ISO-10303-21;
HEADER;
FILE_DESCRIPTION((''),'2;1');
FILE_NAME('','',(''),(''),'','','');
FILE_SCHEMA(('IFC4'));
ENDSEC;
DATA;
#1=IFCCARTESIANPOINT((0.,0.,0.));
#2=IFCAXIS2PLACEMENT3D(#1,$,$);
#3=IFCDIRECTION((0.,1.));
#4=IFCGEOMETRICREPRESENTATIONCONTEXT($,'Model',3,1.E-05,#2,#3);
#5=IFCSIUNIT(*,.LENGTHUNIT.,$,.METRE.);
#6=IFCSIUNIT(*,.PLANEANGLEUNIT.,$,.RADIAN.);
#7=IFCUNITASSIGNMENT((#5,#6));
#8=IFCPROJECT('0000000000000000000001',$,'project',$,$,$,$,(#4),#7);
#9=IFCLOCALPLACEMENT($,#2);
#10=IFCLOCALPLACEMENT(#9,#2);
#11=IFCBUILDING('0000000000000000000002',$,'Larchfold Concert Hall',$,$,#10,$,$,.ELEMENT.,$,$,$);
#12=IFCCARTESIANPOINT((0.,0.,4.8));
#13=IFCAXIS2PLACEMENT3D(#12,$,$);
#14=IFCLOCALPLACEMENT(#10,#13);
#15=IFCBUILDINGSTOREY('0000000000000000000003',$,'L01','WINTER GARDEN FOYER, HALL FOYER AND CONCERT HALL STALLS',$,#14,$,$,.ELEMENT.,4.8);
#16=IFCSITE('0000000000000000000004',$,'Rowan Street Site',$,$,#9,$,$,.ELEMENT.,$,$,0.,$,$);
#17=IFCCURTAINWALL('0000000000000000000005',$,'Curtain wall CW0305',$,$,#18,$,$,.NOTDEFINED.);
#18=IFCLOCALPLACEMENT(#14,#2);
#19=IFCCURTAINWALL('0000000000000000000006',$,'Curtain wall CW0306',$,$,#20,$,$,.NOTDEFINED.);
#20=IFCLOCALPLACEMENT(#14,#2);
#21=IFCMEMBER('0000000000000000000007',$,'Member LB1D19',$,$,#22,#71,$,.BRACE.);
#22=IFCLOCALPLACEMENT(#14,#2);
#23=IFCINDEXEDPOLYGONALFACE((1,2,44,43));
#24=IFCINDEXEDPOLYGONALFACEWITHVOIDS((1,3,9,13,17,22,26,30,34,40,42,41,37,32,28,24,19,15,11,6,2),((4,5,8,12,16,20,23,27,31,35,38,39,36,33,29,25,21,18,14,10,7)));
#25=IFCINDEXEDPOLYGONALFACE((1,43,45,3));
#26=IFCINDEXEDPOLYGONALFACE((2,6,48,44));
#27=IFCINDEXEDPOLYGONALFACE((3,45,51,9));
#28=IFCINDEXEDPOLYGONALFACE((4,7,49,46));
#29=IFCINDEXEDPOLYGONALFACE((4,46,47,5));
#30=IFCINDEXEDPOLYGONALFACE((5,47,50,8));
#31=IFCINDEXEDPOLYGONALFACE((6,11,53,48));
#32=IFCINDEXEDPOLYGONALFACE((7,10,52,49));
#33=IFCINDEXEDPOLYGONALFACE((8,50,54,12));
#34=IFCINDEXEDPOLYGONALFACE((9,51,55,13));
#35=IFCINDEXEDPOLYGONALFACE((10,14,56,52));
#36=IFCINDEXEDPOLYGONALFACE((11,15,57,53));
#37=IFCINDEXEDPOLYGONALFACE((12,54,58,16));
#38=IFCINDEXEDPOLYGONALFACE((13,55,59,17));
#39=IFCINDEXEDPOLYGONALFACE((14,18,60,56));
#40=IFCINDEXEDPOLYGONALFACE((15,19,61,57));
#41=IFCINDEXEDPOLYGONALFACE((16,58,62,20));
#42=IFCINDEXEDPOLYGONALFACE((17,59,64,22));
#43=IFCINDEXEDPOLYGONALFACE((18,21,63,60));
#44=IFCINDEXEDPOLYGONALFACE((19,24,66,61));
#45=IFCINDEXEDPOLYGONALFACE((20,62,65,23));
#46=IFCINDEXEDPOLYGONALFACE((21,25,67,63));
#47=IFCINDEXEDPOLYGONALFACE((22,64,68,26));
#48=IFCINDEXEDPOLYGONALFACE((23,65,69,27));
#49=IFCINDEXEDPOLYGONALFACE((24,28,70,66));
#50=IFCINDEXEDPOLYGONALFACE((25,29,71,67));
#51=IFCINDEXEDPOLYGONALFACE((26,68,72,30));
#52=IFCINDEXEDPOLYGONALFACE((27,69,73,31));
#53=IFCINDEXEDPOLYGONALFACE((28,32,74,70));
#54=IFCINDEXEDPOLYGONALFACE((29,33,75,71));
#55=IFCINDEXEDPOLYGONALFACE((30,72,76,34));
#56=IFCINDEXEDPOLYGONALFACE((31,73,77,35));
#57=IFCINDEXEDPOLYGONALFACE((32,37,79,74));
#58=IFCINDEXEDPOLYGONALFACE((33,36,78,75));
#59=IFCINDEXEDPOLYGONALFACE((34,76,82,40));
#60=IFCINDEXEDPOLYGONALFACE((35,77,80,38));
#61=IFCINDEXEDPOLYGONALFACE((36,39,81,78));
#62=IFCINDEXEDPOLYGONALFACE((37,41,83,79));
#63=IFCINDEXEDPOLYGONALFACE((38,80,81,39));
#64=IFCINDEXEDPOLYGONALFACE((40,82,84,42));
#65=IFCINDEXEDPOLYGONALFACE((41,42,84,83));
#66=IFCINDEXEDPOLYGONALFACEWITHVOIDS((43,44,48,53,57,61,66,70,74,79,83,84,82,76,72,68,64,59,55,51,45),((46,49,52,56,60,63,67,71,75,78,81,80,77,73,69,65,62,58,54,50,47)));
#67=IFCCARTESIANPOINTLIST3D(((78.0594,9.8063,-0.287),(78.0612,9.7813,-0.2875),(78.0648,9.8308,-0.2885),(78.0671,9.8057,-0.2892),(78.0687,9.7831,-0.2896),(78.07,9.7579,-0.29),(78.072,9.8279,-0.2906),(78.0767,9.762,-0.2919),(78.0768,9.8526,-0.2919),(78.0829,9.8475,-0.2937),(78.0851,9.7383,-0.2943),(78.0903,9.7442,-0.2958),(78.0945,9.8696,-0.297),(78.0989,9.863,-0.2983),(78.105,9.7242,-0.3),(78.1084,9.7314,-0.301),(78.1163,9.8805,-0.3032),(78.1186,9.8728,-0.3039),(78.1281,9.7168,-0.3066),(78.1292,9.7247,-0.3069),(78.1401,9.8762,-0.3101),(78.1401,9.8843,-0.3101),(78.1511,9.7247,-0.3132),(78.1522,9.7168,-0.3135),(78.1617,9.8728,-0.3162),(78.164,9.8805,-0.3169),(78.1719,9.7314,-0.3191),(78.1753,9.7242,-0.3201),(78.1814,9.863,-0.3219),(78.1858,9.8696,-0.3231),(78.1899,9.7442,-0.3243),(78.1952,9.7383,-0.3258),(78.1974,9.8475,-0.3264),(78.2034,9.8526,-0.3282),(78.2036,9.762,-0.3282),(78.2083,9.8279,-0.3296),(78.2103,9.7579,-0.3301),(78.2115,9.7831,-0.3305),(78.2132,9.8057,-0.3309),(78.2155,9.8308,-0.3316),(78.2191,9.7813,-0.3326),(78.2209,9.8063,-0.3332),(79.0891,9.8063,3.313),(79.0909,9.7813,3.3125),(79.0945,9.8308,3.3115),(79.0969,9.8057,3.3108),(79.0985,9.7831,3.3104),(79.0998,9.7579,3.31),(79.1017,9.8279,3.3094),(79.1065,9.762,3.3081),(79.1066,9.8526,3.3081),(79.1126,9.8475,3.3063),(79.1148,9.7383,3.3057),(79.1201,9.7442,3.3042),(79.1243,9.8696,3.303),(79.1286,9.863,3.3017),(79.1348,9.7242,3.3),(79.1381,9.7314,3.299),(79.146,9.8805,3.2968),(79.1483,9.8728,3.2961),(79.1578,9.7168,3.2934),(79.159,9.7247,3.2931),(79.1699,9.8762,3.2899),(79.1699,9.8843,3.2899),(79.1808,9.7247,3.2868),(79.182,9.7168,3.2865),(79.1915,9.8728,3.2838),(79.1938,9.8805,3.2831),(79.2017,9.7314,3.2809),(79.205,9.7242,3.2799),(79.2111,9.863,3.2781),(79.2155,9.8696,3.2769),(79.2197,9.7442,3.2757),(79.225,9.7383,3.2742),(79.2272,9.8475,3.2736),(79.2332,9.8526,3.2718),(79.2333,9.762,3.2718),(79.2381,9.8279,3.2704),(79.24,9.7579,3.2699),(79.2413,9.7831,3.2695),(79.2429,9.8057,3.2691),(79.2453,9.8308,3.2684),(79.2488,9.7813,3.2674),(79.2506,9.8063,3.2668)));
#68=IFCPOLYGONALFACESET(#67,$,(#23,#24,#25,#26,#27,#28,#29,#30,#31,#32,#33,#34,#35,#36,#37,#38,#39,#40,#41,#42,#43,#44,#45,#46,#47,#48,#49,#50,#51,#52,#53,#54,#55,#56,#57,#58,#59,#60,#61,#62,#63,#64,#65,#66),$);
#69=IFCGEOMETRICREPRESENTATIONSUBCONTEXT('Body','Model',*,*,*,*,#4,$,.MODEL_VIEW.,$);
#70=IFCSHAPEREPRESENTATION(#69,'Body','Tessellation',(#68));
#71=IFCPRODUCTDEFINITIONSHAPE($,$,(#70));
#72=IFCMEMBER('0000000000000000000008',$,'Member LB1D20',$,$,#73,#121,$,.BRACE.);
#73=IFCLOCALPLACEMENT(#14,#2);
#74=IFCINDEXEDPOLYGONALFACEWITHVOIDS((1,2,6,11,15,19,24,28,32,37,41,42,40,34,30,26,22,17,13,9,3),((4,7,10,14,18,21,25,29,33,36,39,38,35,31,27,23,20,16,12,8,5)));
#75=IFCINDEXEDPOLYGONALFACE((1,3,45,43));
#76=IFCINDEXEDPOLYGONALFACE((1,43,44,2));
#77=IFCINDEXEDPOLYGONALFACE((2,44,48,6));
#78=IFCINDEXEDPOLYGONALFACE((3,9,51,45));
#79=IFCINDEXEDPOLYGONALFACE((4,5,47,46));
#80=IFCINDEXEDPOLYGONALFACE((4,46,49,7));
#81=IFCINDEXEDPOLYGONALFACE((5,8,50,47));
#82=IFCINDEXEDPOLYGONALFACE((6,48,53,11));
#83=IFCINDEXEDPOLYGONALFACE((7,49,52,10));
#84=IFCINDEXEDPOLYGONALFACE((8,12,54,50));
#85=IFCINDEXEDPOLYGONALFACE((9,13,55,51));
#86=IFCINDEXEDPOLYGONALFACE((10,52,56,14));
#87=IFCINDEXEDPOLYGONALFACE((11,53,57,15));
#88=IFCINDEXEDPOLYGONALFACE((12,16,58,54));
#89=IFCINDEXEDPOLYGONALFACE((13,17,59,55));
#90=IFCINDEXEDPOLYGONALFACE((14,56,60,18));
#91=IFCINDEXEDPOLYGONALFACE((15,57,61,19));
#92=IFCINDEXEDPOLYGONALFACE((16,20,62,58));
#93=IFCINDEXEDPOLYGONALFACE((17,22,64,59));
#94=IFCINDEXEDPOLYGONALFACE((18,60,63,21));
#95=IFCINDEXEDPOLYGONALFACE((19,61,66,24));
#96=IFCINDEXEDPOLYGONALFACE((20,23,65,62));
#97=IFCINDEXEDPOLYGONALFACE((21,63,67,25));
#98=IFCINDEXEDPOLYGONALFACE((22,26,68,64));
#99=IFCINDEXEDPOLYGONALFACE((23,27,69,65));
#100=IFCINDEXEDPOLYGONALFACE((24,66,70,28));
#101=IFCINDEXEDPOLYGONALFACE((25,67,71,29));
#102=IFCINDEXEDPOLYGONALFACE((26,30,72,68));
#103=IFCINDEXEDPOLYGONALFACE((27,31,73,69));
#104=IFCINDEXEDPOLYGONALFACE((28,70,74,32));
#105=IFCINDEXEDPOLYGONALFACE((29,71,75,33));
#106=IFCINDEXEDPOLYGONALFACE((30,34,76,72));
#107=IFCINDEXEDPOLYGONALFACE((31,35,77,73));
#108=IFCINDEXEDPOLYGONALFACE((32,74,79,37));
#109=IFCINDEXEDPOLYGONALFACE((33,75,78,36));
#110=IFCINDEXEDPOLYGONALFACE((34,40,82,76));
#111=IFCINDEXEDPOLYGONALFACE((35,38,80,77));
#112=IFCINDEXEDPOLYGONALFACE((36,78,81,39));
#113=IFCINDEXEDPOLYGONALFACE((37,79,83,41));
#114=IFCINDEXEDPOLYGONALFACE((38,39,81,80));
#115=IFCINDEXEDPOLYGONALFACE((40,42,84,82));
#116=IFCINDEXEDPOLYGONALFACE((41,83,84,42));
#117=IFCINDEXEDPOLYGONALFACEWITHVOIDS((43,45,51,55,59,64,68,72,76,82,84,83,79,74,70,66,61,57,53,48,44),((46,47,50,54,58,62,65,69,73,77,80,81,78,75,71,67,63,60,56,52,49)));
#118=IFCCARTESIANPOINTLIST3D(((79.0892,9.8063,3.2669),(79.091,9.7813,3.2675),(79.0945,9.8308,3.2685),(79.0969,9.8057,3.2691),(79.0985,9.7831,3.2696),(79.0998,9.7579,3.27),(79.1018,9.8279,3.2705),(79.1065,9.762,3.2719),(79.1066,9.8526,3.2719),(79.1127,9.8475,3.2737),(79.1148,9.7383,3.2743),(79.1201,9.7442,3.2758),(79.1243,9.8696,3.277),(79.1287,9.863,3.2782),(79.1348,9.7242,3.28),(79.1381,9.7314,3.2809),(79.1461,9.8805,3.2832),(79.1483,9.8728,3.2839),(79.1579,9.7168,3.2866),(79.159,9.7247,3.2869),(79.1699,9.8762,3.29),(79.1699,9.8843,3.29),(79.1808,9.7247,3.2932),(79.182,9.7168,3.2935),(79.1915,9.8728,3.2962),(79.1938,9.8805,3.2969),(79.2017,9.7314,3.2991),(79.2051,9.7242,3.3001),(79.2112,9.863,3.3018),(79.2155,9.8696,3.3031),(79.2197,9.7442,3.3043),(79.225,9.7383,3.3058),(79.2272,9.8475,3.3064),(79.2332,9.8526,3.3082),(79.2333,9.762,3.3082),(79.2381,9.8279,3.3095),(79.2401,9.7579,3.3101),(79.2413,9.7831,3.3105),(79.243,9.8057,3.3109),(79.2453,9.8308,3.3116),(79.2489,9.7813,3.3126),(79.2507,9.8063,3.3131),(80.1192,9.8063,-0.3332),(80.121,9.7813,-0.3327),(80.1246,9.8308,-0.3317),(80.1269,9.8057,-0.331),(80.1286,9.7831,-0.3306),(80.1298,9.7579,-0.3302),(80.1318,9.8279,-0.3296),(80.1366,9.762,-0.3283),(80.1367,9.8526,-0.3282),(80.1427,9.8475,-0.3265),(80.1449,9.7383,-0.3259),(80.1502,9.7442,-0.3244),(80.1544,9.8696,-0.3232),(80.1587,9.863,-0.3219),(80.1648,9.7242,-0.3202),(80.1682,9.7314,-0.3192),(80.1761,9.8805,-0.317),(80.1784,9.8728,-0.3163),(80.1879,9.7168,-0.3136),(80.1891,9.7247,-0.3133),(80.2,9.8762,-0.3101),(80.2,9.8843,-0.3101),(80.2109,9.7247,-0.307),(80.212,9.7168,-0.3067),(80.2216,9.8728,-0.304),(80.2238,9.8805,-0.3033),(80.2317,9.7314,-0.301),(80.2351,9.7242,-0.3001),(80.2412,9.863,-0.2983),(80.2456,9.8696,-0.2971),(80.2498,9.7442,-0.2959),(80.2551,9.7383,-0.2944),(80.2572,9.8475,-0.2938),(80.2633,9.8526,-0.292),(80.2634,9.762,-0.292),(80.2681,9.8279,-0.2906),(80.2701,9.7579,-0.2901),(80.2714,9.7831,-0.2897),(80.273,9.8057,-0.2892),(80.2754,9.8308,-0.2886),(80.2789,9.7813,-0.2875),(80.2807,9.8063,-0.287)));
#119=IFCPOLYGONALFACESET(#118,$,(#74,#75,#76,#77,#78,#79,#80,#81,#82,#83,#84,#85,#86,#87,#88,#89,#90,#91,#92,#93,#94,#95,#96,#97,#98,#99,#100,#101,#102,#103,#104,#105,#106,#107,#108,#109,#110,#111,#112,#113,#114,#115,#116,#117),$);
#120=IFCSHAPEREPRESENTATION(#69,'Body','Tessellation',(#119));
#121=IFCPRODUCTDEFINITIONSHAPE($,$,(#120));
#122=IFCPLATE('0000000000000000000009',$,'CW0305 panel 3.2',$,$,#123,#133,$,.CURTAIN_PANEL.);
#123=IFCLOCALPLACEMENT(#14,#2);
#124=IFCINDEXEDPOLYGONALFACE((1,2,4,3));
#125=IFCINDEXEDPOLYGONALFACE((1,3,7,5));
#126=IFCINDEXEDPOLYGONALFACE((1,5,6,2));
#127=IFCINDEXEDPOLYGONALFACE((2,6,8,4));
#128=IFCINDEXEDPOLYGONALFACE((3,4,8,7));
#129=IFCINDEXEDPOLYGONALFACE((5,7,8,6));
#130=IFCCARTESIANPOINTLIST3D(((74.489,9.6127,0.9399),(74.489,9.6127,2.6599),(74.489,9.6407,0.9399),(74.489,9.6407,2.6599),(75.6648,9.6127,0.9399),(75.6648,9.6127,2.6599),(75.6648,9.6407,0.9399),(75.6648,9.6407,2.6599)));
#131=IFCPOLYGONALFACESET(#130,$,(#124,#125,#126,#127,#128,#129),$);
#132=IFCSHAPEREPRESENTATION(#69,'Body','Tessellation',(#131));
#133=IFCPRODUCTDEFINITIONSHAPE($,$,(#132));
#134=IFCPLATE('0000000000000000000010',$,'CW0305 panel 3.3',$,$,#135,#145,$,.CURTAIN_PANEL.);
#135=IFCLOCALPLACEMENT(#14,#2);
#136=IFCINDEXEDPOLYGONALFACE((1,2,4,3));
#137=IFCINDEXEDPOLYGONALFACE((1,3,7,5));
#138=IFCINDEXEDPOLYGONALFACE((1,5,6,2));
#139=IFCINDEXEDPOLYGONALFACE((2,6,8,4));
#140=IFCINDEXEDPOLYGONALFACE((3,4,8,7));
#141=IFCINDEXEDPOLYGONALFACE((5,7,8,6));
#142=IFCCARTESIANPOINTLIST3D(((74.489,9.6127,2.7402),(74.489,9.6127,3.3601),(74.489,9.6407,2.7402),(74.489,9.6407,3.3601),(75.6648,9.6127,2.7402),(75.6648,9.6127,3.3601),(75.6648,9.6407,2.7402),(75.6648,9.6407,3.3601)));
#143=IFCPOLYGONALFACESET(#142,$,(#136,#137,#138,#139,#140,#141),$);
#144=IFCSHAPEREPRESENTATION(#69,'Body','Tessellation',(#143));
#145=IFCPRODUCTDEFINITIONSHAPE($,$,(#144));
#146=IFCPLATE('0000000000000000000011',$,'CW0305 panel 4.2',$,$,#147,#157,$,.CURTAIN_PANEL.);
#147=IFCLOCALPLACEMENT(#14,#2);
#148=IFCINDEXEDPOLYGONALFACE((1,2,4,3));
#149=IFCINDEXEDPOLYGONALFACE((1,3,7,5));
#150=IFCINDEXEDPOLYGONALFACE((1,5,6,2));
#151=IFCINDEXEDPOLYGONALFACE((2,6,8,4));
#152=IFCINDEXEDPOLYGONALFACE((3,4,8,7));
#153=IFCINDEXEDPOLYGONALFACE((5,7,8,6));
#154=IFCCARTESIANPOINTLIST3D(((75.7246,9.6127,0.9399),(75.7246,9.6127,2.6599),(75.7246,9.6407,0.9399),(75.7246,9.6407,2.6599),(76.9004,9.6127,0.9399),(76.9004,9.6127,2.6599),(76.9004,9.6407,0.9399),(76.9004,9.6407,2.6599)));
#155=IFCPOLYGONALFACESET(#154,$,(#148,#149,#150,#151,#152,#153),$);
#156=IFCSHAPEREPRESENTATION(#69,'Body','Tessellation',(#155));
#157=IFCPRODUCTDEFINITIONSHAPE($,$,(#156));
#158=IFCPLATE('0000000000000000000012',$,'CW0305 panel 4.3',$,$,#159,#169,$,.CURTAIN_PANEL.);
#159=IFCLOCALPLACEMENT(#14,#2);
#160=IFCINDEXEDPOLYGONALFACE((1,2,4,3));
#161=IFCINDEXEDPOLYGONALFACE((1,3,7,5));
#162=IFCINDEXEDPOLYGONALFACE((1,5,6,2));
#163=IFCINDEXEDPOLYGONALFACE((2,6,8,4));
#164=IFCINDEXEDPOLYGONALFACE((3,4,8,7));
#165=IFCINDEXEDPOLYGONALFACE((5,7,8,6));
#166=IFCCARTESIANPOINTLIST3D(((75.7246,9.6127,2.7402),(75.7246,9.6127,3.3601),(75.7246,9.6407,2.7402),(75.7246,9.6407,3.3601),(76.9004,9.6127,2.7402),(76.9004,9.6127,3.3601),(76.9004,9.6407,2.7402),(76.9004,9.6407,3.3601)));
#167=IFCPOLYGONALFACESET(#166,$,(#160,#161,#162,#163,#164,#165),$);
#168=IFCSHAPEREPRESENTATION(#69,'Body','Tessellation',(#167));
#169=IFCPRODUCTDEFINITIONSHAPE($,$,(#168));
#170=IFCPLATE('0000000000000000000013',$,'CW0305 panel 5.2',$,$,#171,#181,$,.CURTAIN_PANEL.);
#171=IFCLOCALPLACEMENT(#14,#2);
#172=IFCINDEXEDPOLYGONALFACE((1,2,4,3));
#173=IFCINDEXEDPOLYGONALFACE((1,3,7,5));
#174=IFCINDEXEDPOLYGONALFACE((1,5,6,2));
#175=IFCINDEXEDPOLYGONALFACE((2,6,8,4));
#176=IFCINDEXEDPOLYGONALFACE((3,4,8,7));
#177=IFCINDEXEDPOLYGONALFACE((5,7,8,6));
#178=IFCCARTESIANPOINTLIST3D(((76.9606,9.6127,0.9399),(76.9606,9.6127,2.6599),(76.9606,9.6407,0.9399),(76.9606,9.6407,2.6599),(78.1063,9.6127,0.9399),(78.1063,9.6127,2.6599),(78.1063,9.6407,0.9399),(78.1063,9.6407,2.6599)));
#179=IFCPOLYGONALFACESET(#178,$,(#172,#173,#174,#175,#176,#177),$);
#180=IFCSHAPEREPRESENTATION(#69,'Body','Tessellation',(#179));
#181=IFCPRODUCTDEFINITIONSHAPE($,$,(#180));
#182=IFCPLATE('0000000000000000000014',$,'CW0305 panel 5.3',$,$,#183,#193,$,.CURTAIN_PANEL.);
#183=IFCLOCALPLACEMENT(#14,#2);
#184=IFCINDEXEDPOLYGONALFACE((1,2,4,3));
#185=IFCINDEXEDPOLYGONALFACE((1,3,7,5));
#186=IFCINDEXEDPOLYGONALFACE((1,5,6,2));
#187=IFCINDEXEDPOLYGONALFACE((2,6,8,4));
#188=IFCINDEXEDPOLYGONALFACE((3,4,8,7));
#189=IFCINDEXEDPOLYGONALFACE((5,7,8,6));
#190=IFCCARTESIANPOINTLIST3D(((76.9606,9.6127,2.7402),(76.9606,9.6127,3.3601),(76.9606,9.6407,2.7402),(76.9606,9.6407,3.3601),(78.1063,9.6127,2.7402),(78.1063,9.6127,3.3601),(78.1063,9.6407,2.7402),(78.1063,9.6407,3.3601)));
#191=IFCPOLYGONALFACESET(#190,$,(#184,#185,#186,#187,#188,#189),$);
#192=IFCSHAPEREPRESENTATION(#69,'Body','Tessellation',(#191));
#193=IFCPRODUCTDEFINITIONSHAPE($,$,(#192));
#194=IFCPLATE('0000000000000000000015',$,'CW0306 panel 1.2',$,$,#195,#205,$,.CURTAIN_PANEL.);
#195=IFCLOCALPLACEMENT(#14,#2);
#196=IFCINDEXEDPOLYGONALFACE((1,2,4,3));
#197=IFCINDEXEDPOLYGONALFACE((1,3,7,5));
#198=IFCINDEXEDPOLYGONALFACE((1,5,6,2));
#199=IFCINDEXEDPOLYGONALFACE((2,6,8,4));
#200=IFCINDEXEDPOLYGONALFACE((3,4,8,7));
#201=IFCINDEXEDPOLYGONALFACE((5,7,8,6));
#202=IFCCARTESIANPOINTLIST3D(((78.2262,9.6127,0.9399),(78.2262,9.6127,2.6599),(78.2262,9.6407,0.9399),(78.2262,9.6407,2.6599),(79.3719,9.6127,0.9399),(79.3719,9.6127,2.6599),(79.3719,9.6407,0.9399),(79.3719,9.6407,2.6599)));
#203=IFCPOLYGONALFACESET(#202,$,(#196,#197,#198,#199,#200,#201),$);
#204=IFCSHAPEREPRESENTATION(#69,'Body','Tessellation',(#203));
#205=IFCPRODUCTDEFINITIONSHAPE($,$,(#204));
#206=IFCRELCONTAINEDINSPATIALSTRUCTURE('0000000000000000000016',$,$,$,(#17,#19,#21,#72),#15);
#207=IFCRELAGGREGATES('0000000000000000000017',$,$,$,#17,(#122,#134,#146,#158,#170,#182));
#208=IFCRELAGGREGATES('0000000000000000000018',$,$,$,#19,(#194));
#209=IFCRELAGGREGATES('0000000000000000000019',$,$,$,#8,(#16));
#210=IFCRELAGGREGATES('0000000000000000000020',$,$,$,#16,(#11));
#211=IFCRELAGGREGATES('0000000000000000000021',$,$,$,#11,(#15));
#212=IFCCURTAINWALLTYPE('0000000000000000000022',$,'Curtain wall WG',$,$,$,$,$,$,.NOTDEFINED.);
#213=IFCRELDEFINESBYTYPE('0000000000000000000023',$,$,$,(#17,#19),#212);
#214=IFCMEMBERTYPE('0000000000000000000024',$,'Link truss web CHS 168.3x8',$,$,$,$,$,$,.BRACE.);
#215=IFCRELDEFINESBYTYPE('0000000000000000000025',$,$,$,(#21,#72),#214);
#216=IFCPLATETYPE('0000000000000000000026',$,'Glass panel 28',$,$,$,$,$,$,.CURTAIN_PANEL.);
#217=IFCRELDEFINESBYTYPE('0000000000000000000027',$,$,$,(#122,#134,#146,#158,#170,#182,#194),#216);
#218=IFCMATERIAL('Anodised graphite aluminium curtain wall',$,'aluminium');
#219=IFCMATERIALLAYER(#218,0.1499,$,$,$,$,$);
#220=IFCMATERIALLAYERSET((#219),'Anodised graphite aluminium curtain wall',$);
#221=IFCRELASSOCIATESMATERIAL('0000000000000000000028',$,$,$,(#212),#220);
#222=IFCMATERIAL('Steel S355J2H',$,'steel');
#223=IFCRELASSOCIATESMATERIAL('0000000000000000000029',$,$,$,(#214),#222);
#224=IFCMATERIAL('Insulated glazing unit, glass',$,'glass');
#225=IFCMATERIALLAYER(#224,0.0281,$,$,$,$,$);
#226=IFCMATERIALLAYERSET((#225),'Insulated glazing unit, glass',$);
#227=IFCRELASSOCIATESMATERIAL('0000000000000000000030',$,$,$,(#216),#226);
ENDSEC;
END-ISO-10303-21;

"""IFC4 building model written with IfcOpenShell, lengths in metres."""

from ifc_helpers import new_model, si_unit, direction, frame, origin, origin_2d, place, context, subcontext, project, spatial, rectangle, hollow_circle, extrude, material, layer, layer_set, material_profile, profile_set, type_object, element, aggregate, save


model = new_model("IFC4")

# Units and contexts
model_context = context("Model", 3, precision=1e-05, world=origin(), true_north=direction((0.0, 1.0)))
body_context = subcontext(model_context, "Body", "Model", "MODEL_VIEW")
ifc_project = project(units=[si_unit("LENGTHUNIT", "METRE"), si_unit("PLANEANGLEUNIT", "RADIAN")], contexts=[model_context])

# Site, building, storey
site_placement = place(None, origin())
site = spatial("IfcSite", under=ifc_project, at=site_placement, Name="Rowan Street Site", CompositionType="ELEMENT", RefElevation=0.0)
building_placement = place(site_placement, origin())
building = spatial("IfcBuilding", under=site, at=building_placement, Name="Larchfold Concert Hall", CompositionType="ELEMENT")
storey_placement = place(building_placement, frame((0.0, 0.0, 4.8)))
storey = spatial("IfcBuildingStorey", under=building, at=storey_placement, Name="L01", Description="WINTER GARDEN FOYER, HALL FOYER AND CONCERT HALL STALLS", CompositionType="ELEMENT", Elevation=4.8)

# Curtain wall
ifc_material_1 = material(Name="Anodised graphite aluminium curtain wall", Category="aluminium")
ifc_layer_1 = layer(ifc_material_1, 0.1499)
ifc_layer_set_1 = layer_set([ifc_layer_1], Name="Anodised graphite aluminium curtain wall")
curtain_wall_type = type_object("IfcCurtainWallType", Name="Curtain wall WG", PredefinedType="NOTDEFINED", material=ifc_layer_set_1)
curtain_wall_1_placement = place(storey_placement, origin())
curtain_wall_1 = element("IfcCurtainWall", 1, at=curtain_wall_1_placement, inside=storey, type_object=curtain_wall_type, Name="Curtain wall CW0305", PredefinedType="NOTDEFINED")

# Curtain wall
curtain_wall_2_placement = place(storey_placement, origin())
curtain_wall_2 = element("IfcCurtainWall", 2, at=curtain_wall_2_placement, inside=storey, type_object=curtain_wall_type, Name="Curtain wall CW0306", PredefinedType="NOTDEFINED")

# Members
ifc_material_2 = material(Name="Steel S355J2H", Category="steel")
ifc_material_profile_1 = material_profile(ifc_material_2, hollow_circle(Radius=0.0842, WallThickness=0.0081, at=origin_2d()))
ifc_profile_set_1 = profile_set([ifc_material_profile_1], Name="Steel S355J2H")
member_type_1 = type_object("IfcMemberType", Name="Link truss web CHS 168.3x8", PredefinedType="BRACE", material=ifc_profile_set_1)
member_1_placement = place(storey_placement, frame((78.1401, 9.8, -0.3101), z_axis=(0.275014, 0.0, 0.96144), x_axis=(0.0, 1.0, 0.0)))
element("IfcMember", 3, at=member_1_placement, inside=storey, type_object=member_type_1, Name="Member LB1D19", PredefinedType="BRACE", context=body_context, shape_type="SweptSolid", body=[
    extrude(hollow_circle(Radius=0.0842, WallThickness=0.0081, at=origin_2d()), origin(), (0.0, 0.0, 1.0), 3.7444),
])
member_2_placement = place(storey_placement, frame((79.1699, 9.8, 3.29), z_axis=(0.275074, 0.0, -0.961423), x_axis=(0.0, 1.0, 0.0)))
element("IfcMember", 4, at=member_2_placement, inside=storey, type_object=member_type_1, Name="Member LB1D20", PredefinedType="BRACE", context=body_context, shape_type="SweptSolid", body=[
    extrude(hollow_circle(Radius=0.0842, WallThickness=0.0081, at=origin_2d()), origin(), (0.0, 0.0, 1.0), 3.7446),
])

# Plates
ifc_material_3 = material(Name="Insulated glazing unit, glass", Category="glass")
ifc_layer_2 = layer(ifc_material_3, 0.0281)
ifc_layer_set_2 = layer_set([ifc_layer_2], Name="Insulated glazing unit, glass")
plate_type_1 = type_object("IfcPlateType", Name="Glass panel 28", PredefinedType="CURTAIN_PANEL", material=ifc_layer_set_2)
plate_1_placement = place(storey_placement, frame((75.0769, 9.6267, 0.9399), z_axis=(0.0, 0.0, 1.0), x_axis=(1.0, 0.0, 0.0)))
plate_1 = element("IfcPlate", 5, at=plate_1_placement, type_object=plate_type_1, Name="CW0305 panel 3.2", PredefinedType="CURTAIN_PANEL", context=body_context, shape_type="SweptSolid", body=[
    extrude(rectangle(XDim=1.1758, YDim=0.0281, at=origin_2d()), origin(), (0.0, 0.0, 1.0), 1.72),
])
plate_2_placement = place(storey_placement, frame((75.0769, 9.6267, 2.7402), z_axis=(0.0, 0.0, 1.0), x_axis=(1.0, 0.0, 0.0)))
plate_2 = element("IfcPlate", 6, at=plate_2_placement, type_object=plate_type_1, Name="CW0305 panel 3.3", PredefinedType="CURTAIN_PANEL", context=body_context, shape_type="SweptSolid", body=[
    extrude(rectangle(XDim=1.1758, YDim=0.0281, at=origin_2d()), origin(), (0.0, 0.0, 1.0), 0.6199),
])
plate_3_placement = place(storey_placement, frame((76.3125, 9.6267, 0.9399), z_axis=(0.0, 0.0, 1.0), x_axis=(1.0, 0.0, 0.0)))
plate_3 = element("IfcPlate", 7, at=plate_3_placement, type_object=plate_type_1, Name="CW0305 panel 4.2", PredefinedType="CURTAIN_PANEL", context=body_context, shape_type="SweptSolid", body=[
    extrude(rectangle(XDim=1.1758, YDim=0.0281, at=origin_2d()), origin(), (0.0, 0.0, 1.0), 1.72),
])
plate_4_placement = place(storey_placement, frame((76.3125, 9.6267, 2.7402), z_axis=(0.0, 0.0, 1.0), x_axis=(1.0, 0.0, 0.0)))
plate_4 = element("IfcPlate", 8, at=plate_4_placement, type_object=plate_type_1, Name="CW0305 panel 4.3", PredefinedType="CURTAIN_PANEL", context=body_context, shape_type="SweptSolid", body=[
    extrude(rectangle(XDim=1.1758, YDim=0.0281, at=origin_2d()), origin(), (0.0, 0.0, 1.0), 0.6199),
])
plate_5_placement = place(storey_placement, frame((77.5334, 9.6267, 0.9399), z_axis=(0.0, 0.0, 1.0), x_axis=(1.0, 0.0, 0.0)))
plate_5 = element("IfcPlate", 9, at=plate_5_placement, type_object=plate_type_1, Name="CW0305 panel 5.2", PredefinedType="CURTAIN_PANEL", context=body_context, shape_type="SweptSolid", body=[
    extrude(rectangle(XDim=1.1458, YDim=0.0281, at=origin_2d()), origin(), (0.0, 0.0, 1.0), 1.72),
])
plate_6_placement = place(storey_placement, frame((77.5334, 9.6267, 2.7402), z_axis=(0.0, 0.0, 1.0), x_axis=(1.0, 0.0, 0.0)))
plate_6 = element("IfcPlate", 10, at=plate_6_placement, type_object=plate_type_1, Name="CW0305 panel 5.3", PredefinedType="CURTAIN_PANEL", context=body_context, shape_type="SweptSolid", body=[
    extrude(rectangle(XDim=1.1458, YDim=0.0281, at=origin_2d()), origin(), (0.0, 0.0, 1.0), 0.6199),
])
plate_7_placement = place(storey_placement, frame((78.7991, 9.6267, 0.9399), z_axis=(0.0, 0.0, 1.0), x_axis=(1.0, 0.0, 0.0)))
plate_7 = element("IfcPlate", 11, at=plate_7_placement, type_object=plate_type_1, Name="CW0306 panel 1.2", PredefinedType="CURTAIN_PANEL", context=body_context, shape_type="SweptSolid", body=[
    extrude(rectangle(XDim=1.1458, YDim=0.0281, at=origin_2d()), origin(), (0.0, 0.0, 1.0), 1.72),
])
aggregate(curtain_wall_1, [plate_1, plate_2, plate_3, plate_4, plate_5, plate_6])
aggregate(curtain_wall_2, [plate_7])

save(model, "model.ifc")
